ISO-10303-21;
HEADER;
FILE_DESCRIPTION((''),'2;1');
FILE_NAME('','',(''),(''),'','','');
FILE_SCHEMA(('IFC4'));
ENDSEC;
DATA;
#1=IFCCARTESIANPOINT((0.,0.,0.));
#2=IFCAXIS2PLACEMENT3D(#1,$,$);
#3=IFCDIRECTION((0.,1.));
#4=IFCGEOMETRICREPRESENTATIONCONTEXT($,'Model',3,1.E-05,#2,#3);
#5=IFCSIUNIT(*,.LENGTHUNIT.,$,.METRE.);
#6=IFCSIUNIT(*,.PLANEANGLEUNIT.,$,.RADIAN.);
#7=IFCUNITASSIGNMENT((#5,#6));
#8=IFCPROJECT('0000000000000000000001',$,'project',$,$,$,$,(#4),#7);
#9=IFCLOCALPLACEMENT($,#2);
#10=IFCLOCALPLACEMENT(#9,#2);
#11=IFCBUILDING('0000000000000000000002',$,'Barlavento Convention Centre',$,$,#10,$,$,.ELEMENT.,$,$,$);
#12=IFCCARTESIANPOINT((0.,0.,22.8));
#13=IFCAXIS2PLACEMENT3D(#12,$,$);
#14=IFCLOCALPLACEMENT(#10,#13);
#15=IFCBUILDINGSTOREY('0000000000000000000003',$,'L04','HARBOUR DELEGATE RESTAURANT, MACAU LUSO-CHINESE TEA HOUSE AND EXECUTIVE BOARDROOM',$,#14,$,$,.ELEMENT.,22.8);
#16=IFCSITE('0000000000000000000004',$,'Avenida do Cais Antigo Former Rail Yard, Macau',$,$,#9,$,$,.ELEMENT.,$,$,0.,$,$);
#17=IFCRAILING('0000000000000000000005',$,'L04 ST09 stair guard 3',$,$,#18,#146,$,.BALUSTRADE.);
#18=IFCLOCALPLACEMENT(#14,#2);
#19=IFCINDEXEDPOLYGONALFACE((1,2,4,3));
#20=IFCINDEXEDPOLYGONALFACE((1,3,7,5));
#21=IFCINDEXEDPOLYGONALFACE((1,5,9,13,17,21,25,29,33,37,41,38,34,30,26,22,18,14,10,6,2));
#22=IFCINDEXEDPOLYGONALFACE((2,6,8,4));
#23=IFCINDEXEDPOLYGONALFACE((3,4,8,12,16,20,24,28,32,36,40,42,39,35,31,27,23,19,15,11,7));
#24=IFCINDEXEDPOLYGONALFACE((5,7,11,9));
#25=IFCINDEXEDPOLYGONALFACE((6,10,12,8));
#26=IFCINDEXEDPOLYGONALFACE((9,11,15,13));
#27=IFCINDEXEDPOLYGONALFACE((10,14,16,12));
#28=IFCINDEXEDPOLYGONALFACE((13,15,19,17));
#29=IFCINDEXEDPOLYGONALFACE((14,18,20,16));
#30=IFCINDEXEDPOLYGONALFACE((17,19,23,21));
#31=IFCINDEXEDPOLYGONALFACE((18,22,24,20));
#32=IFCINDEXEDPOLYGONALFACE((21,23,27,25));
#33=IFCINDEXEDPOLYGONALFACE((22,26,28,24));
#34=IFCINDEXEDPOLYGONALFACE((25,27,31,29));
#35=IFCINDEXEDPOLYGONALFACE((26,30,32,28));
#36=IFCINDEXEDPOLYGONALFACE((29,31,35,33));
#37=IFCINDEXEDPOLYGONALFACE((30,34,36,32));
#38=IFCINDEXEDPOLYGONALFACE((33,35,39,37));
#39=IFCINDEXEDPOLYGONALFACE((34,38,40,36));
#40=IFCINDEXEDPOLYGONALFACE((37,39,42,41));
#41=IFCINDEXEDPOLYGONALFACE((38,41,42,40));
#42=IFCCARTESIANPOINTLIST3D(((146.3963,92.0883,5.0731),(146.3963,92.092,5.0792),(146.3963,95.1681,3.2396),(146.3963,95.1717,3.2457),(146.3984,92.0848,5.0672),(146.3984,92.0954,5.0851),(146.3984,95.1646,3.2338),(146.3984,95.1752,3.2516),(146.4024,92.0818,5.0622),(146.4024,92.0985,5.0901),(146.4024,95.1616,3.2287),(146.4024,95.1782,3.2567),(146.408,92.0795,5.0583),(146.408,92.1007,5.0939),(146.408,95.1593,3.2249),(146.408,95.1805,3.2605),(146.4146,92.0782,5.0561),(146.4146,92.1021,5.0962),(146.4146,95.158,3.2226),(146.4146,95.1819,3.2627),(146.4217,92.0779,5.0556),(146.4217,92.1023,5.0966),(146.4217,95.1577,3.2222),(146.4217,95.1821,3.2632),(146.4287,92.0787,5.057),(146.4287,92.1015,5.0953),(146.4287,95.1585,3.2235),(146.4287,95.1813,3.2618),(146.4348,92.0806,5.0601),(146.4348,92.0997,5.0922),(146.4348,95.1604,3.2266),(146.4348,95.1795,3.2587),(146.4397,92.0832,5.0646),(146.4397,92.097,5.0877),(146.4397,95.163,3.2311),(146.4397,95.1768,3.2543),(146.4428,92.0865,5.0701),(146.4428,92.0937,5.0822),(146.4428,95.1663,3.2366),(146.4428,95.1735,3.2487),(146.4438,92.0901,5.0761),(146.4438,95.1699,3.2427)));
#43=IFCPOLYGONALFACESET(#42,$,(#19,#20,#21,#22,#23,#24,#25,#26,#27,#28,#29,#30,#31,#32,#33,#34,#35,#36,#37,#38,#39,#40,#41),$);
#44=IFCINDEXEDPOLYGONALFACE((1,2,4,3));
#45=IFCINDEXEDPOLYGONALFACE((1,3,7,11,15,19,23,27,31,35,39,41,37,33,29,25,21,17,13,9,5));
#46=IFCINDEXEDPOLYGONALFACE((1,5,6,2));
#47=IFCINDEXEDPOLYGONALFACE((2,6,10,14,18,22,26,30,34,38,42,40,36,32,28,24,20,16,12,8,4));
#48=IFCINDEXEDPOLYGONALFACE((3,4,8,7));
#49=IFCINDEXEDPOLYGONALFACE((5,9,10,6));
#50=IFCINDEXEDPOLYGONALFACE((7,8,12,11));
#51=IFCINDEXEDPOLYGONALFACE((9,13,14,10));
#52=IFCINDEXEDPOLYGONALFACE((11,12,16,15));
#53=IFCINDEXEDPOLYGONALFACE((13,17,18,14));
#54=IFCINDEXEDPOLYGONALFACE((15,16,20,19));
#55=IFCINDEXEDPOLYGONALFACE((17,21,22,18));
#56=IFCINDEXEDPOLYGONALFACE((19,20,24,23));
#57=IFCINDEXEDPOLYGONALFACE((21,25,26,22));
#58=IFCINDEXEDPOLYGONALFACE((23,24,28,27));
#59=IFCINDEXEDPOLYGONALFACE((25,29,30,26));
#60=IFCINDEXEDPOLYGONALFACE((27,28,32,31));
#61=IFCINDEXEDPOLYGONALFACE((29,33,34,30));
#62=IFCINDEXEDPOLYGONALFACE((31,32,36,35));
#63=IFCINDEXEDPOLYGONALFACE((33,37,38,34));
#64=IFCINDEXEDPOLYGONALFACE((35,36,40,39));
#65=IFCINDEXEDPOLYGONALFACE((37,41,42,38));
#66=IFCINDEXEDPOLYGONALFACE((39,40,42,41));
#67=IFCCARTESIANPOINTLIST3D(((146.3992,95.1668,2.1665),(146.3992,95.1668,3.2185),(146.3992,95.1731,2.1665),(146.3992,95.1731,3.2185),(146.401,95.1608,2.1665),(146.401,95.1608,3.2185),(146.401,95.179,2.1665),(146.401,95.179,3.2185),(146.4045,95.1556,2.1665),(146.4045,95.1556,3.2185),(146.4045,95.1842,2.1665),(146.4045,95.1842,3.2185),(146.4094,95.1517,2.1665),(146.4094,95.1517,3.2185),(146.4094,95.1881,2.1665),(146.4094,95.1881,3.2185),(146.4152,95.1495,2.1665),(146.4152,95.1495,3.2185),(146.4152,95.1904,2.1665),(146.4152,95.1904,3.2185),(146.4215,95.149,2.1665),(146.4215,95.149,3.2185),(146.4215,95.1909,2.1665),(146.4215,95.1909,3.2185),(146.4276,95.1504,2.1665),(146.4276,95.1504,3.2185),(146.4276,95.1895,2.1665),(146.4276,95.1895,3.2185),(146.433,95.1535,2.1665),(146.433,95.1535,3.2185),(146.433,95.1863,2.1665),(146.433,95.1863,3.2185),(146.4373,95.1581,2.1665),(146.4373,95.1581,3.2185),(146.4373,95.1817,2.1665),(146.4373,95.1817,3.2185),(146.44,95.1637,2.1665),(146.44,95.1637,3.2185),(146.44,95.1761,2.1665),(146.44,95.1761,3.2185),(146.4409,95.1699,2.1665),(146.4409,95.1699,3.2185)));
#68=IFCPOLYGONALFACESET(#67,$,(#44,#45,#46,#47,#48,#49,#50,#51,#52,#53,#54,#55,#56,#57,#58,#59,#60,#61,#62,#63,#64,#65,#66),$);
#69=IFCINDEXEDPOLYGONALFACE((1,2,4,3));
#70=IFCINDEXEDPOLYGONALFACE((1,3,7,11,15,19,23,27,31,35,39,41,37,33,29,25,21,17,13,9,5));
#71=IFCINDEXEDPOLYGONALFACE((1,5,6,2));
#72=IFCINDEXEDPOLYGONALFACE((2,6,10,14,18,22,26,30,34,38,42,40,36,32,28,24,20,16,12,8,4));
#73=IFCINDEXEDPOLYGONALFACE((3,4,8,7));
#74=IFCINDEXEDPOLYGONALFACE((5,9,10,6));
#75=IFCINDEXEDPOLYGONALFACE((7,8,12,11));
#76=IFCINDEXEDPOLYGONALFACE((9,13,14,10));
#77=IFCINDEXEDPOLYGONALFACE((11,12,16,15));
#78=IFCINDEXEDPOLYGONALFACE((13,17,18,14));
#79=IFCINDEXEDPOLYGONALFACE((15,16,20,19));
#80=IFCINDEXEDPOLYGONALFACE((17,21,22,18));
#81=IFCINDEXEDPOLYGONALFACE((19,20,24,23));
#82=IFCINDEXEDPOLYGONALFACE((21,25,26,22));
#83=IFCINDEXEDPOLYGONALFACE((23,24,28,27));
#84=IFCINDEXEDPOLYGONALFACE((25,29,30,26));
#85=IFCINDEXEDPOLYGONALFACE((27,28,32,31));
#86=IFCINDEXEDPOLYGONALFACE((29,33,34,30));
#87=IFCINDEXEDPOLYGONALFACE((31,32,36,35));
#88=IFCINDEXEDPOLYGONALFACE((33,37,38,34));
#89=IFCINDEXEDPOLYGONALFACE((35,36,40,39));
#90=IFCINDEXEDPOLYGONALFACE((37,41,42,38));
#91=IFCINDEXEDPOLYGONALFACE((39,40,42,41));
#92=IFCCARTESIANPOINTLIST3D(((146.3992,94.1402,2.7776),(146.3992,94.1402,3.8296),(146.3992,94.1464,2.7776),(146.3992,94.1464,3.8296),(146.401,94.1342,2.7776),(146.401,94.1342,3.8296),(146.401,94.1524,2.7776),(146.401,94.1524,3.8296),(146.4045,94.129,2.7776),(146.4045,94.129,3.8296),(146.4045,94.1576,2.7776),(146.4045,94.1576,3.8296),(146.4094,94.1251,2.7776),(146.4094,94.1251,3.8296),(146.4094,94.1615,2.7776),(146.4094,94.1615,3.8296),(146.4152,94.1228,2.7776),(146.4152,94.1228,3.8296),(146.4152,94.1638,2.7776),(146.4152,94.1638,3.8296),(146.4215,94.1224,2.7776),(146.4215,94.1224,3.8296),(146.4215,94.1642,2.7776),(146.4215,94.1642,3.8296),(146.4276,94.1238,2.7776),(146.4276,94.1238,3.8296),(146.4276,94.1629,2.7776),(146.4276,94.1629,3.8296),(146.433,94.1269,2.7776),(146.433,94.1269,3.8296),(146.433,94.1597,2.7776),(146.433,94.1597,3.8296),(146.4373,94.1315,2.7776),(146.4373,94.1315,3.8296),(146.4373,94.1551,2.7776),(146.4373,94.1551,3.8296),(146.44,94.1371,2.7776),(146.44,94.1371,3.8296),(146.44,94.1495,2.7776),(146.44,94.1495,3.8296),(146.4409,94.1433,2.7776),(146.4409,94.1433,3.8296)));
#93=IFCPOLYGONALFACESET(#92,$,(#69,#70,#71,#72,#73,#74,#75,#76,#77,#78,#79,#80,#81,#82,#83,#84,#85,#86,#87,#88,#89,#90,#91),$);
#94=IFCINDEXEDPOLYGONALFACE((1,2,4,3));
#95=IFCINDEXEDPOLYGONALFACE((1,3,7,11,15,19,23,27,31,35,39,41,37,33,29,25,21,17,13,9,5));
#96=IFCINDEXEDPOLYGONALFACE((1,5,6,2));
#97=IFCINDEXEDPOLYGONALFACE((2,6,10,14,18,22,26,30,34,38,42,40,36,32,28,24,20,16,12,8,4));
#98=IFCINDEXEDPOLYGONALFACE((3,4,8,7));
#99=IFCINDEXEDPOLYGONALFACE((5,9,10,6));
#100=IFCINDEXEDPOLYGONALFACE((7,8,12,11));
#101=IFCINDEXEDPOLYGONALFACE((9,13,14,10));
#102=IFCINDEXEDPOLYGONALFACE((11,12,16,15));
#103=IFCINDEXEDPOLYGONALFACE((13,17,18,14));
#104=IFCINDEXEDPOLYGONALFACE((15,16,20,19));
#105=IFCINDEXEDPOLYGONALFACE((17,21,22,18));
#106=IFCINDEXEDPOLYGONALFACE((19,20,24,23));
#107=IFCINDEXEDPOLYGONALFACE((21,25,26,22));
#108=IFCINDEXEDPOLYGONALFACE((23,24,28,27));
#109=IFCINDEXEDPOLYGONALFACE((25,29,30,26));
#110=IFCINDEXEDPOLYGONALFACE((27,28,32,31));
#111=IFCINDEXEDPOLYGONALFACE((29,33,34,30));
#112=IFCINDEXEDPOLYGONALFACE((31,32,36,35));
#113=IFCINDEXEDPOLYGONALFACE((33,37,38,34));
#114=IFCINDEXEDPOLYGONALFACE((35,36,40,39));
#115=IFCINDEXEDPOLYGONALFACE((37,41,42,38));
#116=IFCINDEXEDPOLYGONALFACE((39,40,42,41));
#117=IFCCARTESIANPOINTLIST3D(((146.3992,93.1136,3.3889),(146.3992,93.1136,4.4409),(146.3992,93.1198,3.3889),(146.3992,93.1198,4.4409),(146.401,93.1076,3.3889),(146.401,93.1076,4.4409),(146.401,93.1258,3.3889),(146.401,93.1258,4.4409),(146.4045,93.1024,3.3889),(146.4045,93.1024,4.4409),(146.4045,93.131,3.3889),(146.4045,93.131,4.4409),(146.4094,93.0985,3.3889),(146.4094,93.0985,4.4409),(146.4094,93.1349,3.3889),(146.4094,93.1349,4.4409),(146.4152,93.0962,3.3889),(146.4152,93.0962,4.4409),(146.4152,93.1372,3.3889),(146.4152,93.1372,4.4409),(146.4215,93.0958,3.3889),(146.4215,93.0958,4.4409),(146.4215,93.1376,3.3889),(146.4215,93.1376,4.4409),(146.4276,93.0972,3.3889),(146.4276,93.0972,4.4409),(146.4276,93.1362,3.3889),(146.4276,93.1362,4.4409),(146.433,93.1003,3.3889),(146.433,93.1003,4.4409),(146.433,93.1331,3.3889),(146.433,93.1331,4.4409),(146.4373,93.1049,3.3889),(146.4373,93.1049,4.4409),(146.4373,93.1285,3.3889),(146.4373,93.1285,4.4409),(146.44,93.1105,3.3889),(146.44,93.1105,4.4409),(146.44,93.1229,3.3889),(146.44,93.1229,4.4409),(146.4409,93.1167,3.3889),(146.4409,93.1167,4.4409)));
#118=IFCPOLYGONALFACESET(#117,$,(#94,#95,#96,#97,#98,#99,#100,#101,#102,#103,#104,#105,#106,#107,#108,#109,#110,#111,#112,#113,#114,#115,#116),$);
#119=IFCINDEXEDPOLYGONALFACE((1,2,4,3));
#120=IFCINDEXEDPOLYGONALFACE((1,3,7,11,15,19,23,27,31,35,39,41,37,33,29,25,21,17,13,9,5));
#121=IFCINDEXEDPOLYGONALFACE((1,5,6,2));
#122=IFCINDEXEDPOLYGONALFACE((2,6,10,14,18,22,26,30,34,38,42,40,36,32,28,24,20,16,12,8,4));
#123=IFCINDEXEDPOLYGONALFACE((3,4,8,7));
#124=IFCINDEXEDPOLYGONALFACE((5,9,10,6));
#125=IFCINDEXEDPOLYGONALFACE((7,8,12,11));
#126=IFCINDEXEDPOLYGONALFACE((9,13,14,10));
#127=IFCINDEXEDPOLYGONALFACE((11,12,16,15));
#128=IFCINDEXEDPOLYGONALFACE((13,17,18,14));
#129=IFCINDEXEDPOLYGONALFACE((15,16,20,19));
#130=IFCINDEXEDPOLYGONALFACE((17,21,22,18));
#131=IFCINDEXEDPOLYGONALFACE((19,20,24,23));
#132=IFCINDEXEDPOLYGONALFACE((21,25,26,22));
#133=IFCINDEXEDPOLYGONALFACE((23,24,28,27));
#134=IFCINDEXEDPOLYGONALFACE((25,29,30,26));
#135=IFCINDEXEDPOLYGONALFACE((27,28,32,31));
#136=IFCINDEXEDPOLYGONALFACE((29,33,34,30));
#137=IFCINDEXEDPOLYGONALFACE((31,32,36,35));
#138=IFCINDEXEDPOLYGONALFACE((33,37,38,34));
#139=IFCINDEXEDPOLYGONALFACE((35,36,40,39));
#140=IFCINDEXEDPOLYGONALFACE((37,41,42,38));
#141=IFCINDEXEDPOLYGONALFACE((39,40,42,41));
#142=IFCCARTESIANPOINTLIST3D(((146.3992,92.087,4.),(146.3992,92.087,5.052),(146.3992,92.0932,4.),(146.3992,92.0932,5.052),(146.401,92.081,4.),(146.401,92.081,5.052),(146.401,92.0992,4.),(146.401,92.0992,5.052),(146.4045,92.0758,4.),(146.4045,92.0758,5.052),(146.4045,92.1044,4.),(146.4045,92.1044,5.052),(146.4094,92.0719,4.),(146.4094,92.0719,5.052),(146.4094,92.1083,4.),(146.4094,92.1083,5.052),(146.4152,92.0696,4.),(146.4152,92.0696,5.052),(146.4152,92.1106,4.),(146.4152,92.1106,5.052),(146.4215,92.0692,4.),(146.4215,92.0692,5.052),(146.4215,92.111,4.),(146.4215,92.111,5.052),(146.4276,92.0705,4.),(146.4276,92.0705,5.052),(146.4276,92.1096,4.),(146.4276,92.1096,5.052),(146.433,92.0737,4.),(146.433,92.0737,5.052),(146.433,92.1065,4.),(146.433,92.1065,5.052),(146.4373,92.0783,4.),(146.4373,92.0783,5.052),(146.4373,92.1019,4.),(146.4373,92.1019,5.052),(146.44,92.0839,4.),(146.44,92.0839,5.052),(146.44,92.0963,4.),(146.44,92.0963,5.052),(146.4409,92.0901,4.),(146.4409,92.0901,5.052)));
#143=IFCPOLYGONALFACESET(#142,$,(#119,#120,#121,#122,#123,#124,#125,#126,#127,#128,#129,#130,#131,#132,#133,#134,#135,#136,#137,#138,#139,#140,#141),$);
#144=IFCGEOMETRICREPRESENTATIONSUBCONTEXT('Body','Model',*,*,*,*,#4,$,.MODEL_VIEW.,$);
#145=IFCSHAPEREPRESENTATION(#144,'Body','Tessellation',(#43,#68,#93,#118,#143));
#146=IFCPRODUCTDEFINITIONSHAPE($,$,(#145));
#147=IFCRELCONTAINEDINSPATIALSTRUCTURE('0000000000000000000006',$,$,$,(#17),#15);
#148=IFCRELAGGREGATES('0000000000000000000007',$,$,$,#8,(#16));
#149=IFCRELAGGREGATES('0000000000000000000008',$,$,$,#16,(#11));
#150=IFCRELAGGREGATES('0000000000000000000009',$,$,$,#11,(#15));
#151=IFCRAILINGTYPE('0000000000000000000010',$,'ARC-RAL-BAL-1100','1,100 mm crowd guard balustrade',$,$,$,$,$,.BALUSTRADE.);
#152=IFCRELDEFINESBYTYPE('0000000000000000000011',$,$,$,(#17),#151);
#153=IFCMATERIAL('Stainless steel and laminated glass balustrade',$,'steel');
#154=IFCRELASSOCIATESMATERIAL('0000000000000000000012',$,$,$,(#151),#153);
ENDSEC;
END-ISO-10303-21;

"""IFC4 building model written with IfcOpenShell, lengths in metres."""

from ifc_helpers import new_model, si_unit, direction, frame, origin, origin_2d, place, context, subcontext, project, spatial, circle, extrude, material, type_object, element, save


model = new_model("IFC4")

# Units and contexts
model_context = context("Model", 3, precision=1e-05, world=origin(), true_north=direction((0.0, 1.0)))
body_context = subcontext(model_context, "Body", "Model", "MODEL_VIEW")
ifc_project = project(units=[si_unit("LENGTHUNIT", "METRE"), si_unit("PLANEANGLEUNIT", "RADIAN")], contexts=[model_context])

# Site, building, storey
site_placement = place(None, origin())
site = spatial("IfcSite", under=ifc_project, at=site_placement, Name="Avenida do Cais Antigo Former Rail Yard, Macau", CompositionType="ELEMENT", RefElevation=0.0)
building_placement = place(site_placement, origin())
building = spatial("IfcBuilding", under=site, at=building_placement, Name="Barlavento Convention Centre", CompositionType="ELEMENT")
storey_placement = place(building_placement, frame((0.0, 0.0, 22.8)))
storey = spatial("IfcBuildingStorey", under=building, at=storey_placement, Name="L04", Description="HARBOUR DELEGATE RESTAURANT, MACAU LUSO-CHINESE TEA HOUSE AND EXECUTIVE BOARDROOM", CompositionType="ELEMENT", Elevation=22.8)

# Railing
ifc_material_1 = material(Name="Stainless steel and laminated glass balustrade", Category="steel")
railing_type_1 = type_object("IfcRailingType", Name="ARC-RAL-BAL-1100", Description="1,100 mm crowd guard balustrade", PredefinedType="BALUSTRADE", material=ifc_material_1)
railing_1_placement = place(storey_placement, frame((146.4199, 95.1699, 2.1665)))
element("IfcRailing", 1, at=railing_1_placement, inside=storey, type_object=railing_type_1, Name="L04 ST09 stair guard 3", PredefinedType="BALUSTRADE", context=body_context, shape_type="SweptSolid", body=[
    extrude(circle(Radius=0.0239, at=origin_2d()), frame((0.0, 0.0, 1.0762), z_axis=(0.0, -0.859261, 0.511538), x_axis=(1.0, 0.0, 0.0)), (0.0, 0.0, 1.0), 3.5842),
    extrude(circle(Radius=0.021, at=origin_2d()), origin(), (0.0, 0.0, 1.0), 1.052),
    extrude(circle(Radius=0.021, at=origin_2d()), frame((0.0, -1.0266, 0.6111)), (0.0, 0.0, 1.0), 1.052),
    extrude(circle(Radius=0.021, at=origin_2d()), frame((0.0, -2.0532, 1.2224)), (0.0, 0.0, 1.0), 1.052),
    extrude(circle(Radius=0.021, at=origin_2d()), frame((0.0, -3.0798, 1.8335)), (0.0, 0.0, 1.0), 1.052),
])

save(model, "model.ifc")
